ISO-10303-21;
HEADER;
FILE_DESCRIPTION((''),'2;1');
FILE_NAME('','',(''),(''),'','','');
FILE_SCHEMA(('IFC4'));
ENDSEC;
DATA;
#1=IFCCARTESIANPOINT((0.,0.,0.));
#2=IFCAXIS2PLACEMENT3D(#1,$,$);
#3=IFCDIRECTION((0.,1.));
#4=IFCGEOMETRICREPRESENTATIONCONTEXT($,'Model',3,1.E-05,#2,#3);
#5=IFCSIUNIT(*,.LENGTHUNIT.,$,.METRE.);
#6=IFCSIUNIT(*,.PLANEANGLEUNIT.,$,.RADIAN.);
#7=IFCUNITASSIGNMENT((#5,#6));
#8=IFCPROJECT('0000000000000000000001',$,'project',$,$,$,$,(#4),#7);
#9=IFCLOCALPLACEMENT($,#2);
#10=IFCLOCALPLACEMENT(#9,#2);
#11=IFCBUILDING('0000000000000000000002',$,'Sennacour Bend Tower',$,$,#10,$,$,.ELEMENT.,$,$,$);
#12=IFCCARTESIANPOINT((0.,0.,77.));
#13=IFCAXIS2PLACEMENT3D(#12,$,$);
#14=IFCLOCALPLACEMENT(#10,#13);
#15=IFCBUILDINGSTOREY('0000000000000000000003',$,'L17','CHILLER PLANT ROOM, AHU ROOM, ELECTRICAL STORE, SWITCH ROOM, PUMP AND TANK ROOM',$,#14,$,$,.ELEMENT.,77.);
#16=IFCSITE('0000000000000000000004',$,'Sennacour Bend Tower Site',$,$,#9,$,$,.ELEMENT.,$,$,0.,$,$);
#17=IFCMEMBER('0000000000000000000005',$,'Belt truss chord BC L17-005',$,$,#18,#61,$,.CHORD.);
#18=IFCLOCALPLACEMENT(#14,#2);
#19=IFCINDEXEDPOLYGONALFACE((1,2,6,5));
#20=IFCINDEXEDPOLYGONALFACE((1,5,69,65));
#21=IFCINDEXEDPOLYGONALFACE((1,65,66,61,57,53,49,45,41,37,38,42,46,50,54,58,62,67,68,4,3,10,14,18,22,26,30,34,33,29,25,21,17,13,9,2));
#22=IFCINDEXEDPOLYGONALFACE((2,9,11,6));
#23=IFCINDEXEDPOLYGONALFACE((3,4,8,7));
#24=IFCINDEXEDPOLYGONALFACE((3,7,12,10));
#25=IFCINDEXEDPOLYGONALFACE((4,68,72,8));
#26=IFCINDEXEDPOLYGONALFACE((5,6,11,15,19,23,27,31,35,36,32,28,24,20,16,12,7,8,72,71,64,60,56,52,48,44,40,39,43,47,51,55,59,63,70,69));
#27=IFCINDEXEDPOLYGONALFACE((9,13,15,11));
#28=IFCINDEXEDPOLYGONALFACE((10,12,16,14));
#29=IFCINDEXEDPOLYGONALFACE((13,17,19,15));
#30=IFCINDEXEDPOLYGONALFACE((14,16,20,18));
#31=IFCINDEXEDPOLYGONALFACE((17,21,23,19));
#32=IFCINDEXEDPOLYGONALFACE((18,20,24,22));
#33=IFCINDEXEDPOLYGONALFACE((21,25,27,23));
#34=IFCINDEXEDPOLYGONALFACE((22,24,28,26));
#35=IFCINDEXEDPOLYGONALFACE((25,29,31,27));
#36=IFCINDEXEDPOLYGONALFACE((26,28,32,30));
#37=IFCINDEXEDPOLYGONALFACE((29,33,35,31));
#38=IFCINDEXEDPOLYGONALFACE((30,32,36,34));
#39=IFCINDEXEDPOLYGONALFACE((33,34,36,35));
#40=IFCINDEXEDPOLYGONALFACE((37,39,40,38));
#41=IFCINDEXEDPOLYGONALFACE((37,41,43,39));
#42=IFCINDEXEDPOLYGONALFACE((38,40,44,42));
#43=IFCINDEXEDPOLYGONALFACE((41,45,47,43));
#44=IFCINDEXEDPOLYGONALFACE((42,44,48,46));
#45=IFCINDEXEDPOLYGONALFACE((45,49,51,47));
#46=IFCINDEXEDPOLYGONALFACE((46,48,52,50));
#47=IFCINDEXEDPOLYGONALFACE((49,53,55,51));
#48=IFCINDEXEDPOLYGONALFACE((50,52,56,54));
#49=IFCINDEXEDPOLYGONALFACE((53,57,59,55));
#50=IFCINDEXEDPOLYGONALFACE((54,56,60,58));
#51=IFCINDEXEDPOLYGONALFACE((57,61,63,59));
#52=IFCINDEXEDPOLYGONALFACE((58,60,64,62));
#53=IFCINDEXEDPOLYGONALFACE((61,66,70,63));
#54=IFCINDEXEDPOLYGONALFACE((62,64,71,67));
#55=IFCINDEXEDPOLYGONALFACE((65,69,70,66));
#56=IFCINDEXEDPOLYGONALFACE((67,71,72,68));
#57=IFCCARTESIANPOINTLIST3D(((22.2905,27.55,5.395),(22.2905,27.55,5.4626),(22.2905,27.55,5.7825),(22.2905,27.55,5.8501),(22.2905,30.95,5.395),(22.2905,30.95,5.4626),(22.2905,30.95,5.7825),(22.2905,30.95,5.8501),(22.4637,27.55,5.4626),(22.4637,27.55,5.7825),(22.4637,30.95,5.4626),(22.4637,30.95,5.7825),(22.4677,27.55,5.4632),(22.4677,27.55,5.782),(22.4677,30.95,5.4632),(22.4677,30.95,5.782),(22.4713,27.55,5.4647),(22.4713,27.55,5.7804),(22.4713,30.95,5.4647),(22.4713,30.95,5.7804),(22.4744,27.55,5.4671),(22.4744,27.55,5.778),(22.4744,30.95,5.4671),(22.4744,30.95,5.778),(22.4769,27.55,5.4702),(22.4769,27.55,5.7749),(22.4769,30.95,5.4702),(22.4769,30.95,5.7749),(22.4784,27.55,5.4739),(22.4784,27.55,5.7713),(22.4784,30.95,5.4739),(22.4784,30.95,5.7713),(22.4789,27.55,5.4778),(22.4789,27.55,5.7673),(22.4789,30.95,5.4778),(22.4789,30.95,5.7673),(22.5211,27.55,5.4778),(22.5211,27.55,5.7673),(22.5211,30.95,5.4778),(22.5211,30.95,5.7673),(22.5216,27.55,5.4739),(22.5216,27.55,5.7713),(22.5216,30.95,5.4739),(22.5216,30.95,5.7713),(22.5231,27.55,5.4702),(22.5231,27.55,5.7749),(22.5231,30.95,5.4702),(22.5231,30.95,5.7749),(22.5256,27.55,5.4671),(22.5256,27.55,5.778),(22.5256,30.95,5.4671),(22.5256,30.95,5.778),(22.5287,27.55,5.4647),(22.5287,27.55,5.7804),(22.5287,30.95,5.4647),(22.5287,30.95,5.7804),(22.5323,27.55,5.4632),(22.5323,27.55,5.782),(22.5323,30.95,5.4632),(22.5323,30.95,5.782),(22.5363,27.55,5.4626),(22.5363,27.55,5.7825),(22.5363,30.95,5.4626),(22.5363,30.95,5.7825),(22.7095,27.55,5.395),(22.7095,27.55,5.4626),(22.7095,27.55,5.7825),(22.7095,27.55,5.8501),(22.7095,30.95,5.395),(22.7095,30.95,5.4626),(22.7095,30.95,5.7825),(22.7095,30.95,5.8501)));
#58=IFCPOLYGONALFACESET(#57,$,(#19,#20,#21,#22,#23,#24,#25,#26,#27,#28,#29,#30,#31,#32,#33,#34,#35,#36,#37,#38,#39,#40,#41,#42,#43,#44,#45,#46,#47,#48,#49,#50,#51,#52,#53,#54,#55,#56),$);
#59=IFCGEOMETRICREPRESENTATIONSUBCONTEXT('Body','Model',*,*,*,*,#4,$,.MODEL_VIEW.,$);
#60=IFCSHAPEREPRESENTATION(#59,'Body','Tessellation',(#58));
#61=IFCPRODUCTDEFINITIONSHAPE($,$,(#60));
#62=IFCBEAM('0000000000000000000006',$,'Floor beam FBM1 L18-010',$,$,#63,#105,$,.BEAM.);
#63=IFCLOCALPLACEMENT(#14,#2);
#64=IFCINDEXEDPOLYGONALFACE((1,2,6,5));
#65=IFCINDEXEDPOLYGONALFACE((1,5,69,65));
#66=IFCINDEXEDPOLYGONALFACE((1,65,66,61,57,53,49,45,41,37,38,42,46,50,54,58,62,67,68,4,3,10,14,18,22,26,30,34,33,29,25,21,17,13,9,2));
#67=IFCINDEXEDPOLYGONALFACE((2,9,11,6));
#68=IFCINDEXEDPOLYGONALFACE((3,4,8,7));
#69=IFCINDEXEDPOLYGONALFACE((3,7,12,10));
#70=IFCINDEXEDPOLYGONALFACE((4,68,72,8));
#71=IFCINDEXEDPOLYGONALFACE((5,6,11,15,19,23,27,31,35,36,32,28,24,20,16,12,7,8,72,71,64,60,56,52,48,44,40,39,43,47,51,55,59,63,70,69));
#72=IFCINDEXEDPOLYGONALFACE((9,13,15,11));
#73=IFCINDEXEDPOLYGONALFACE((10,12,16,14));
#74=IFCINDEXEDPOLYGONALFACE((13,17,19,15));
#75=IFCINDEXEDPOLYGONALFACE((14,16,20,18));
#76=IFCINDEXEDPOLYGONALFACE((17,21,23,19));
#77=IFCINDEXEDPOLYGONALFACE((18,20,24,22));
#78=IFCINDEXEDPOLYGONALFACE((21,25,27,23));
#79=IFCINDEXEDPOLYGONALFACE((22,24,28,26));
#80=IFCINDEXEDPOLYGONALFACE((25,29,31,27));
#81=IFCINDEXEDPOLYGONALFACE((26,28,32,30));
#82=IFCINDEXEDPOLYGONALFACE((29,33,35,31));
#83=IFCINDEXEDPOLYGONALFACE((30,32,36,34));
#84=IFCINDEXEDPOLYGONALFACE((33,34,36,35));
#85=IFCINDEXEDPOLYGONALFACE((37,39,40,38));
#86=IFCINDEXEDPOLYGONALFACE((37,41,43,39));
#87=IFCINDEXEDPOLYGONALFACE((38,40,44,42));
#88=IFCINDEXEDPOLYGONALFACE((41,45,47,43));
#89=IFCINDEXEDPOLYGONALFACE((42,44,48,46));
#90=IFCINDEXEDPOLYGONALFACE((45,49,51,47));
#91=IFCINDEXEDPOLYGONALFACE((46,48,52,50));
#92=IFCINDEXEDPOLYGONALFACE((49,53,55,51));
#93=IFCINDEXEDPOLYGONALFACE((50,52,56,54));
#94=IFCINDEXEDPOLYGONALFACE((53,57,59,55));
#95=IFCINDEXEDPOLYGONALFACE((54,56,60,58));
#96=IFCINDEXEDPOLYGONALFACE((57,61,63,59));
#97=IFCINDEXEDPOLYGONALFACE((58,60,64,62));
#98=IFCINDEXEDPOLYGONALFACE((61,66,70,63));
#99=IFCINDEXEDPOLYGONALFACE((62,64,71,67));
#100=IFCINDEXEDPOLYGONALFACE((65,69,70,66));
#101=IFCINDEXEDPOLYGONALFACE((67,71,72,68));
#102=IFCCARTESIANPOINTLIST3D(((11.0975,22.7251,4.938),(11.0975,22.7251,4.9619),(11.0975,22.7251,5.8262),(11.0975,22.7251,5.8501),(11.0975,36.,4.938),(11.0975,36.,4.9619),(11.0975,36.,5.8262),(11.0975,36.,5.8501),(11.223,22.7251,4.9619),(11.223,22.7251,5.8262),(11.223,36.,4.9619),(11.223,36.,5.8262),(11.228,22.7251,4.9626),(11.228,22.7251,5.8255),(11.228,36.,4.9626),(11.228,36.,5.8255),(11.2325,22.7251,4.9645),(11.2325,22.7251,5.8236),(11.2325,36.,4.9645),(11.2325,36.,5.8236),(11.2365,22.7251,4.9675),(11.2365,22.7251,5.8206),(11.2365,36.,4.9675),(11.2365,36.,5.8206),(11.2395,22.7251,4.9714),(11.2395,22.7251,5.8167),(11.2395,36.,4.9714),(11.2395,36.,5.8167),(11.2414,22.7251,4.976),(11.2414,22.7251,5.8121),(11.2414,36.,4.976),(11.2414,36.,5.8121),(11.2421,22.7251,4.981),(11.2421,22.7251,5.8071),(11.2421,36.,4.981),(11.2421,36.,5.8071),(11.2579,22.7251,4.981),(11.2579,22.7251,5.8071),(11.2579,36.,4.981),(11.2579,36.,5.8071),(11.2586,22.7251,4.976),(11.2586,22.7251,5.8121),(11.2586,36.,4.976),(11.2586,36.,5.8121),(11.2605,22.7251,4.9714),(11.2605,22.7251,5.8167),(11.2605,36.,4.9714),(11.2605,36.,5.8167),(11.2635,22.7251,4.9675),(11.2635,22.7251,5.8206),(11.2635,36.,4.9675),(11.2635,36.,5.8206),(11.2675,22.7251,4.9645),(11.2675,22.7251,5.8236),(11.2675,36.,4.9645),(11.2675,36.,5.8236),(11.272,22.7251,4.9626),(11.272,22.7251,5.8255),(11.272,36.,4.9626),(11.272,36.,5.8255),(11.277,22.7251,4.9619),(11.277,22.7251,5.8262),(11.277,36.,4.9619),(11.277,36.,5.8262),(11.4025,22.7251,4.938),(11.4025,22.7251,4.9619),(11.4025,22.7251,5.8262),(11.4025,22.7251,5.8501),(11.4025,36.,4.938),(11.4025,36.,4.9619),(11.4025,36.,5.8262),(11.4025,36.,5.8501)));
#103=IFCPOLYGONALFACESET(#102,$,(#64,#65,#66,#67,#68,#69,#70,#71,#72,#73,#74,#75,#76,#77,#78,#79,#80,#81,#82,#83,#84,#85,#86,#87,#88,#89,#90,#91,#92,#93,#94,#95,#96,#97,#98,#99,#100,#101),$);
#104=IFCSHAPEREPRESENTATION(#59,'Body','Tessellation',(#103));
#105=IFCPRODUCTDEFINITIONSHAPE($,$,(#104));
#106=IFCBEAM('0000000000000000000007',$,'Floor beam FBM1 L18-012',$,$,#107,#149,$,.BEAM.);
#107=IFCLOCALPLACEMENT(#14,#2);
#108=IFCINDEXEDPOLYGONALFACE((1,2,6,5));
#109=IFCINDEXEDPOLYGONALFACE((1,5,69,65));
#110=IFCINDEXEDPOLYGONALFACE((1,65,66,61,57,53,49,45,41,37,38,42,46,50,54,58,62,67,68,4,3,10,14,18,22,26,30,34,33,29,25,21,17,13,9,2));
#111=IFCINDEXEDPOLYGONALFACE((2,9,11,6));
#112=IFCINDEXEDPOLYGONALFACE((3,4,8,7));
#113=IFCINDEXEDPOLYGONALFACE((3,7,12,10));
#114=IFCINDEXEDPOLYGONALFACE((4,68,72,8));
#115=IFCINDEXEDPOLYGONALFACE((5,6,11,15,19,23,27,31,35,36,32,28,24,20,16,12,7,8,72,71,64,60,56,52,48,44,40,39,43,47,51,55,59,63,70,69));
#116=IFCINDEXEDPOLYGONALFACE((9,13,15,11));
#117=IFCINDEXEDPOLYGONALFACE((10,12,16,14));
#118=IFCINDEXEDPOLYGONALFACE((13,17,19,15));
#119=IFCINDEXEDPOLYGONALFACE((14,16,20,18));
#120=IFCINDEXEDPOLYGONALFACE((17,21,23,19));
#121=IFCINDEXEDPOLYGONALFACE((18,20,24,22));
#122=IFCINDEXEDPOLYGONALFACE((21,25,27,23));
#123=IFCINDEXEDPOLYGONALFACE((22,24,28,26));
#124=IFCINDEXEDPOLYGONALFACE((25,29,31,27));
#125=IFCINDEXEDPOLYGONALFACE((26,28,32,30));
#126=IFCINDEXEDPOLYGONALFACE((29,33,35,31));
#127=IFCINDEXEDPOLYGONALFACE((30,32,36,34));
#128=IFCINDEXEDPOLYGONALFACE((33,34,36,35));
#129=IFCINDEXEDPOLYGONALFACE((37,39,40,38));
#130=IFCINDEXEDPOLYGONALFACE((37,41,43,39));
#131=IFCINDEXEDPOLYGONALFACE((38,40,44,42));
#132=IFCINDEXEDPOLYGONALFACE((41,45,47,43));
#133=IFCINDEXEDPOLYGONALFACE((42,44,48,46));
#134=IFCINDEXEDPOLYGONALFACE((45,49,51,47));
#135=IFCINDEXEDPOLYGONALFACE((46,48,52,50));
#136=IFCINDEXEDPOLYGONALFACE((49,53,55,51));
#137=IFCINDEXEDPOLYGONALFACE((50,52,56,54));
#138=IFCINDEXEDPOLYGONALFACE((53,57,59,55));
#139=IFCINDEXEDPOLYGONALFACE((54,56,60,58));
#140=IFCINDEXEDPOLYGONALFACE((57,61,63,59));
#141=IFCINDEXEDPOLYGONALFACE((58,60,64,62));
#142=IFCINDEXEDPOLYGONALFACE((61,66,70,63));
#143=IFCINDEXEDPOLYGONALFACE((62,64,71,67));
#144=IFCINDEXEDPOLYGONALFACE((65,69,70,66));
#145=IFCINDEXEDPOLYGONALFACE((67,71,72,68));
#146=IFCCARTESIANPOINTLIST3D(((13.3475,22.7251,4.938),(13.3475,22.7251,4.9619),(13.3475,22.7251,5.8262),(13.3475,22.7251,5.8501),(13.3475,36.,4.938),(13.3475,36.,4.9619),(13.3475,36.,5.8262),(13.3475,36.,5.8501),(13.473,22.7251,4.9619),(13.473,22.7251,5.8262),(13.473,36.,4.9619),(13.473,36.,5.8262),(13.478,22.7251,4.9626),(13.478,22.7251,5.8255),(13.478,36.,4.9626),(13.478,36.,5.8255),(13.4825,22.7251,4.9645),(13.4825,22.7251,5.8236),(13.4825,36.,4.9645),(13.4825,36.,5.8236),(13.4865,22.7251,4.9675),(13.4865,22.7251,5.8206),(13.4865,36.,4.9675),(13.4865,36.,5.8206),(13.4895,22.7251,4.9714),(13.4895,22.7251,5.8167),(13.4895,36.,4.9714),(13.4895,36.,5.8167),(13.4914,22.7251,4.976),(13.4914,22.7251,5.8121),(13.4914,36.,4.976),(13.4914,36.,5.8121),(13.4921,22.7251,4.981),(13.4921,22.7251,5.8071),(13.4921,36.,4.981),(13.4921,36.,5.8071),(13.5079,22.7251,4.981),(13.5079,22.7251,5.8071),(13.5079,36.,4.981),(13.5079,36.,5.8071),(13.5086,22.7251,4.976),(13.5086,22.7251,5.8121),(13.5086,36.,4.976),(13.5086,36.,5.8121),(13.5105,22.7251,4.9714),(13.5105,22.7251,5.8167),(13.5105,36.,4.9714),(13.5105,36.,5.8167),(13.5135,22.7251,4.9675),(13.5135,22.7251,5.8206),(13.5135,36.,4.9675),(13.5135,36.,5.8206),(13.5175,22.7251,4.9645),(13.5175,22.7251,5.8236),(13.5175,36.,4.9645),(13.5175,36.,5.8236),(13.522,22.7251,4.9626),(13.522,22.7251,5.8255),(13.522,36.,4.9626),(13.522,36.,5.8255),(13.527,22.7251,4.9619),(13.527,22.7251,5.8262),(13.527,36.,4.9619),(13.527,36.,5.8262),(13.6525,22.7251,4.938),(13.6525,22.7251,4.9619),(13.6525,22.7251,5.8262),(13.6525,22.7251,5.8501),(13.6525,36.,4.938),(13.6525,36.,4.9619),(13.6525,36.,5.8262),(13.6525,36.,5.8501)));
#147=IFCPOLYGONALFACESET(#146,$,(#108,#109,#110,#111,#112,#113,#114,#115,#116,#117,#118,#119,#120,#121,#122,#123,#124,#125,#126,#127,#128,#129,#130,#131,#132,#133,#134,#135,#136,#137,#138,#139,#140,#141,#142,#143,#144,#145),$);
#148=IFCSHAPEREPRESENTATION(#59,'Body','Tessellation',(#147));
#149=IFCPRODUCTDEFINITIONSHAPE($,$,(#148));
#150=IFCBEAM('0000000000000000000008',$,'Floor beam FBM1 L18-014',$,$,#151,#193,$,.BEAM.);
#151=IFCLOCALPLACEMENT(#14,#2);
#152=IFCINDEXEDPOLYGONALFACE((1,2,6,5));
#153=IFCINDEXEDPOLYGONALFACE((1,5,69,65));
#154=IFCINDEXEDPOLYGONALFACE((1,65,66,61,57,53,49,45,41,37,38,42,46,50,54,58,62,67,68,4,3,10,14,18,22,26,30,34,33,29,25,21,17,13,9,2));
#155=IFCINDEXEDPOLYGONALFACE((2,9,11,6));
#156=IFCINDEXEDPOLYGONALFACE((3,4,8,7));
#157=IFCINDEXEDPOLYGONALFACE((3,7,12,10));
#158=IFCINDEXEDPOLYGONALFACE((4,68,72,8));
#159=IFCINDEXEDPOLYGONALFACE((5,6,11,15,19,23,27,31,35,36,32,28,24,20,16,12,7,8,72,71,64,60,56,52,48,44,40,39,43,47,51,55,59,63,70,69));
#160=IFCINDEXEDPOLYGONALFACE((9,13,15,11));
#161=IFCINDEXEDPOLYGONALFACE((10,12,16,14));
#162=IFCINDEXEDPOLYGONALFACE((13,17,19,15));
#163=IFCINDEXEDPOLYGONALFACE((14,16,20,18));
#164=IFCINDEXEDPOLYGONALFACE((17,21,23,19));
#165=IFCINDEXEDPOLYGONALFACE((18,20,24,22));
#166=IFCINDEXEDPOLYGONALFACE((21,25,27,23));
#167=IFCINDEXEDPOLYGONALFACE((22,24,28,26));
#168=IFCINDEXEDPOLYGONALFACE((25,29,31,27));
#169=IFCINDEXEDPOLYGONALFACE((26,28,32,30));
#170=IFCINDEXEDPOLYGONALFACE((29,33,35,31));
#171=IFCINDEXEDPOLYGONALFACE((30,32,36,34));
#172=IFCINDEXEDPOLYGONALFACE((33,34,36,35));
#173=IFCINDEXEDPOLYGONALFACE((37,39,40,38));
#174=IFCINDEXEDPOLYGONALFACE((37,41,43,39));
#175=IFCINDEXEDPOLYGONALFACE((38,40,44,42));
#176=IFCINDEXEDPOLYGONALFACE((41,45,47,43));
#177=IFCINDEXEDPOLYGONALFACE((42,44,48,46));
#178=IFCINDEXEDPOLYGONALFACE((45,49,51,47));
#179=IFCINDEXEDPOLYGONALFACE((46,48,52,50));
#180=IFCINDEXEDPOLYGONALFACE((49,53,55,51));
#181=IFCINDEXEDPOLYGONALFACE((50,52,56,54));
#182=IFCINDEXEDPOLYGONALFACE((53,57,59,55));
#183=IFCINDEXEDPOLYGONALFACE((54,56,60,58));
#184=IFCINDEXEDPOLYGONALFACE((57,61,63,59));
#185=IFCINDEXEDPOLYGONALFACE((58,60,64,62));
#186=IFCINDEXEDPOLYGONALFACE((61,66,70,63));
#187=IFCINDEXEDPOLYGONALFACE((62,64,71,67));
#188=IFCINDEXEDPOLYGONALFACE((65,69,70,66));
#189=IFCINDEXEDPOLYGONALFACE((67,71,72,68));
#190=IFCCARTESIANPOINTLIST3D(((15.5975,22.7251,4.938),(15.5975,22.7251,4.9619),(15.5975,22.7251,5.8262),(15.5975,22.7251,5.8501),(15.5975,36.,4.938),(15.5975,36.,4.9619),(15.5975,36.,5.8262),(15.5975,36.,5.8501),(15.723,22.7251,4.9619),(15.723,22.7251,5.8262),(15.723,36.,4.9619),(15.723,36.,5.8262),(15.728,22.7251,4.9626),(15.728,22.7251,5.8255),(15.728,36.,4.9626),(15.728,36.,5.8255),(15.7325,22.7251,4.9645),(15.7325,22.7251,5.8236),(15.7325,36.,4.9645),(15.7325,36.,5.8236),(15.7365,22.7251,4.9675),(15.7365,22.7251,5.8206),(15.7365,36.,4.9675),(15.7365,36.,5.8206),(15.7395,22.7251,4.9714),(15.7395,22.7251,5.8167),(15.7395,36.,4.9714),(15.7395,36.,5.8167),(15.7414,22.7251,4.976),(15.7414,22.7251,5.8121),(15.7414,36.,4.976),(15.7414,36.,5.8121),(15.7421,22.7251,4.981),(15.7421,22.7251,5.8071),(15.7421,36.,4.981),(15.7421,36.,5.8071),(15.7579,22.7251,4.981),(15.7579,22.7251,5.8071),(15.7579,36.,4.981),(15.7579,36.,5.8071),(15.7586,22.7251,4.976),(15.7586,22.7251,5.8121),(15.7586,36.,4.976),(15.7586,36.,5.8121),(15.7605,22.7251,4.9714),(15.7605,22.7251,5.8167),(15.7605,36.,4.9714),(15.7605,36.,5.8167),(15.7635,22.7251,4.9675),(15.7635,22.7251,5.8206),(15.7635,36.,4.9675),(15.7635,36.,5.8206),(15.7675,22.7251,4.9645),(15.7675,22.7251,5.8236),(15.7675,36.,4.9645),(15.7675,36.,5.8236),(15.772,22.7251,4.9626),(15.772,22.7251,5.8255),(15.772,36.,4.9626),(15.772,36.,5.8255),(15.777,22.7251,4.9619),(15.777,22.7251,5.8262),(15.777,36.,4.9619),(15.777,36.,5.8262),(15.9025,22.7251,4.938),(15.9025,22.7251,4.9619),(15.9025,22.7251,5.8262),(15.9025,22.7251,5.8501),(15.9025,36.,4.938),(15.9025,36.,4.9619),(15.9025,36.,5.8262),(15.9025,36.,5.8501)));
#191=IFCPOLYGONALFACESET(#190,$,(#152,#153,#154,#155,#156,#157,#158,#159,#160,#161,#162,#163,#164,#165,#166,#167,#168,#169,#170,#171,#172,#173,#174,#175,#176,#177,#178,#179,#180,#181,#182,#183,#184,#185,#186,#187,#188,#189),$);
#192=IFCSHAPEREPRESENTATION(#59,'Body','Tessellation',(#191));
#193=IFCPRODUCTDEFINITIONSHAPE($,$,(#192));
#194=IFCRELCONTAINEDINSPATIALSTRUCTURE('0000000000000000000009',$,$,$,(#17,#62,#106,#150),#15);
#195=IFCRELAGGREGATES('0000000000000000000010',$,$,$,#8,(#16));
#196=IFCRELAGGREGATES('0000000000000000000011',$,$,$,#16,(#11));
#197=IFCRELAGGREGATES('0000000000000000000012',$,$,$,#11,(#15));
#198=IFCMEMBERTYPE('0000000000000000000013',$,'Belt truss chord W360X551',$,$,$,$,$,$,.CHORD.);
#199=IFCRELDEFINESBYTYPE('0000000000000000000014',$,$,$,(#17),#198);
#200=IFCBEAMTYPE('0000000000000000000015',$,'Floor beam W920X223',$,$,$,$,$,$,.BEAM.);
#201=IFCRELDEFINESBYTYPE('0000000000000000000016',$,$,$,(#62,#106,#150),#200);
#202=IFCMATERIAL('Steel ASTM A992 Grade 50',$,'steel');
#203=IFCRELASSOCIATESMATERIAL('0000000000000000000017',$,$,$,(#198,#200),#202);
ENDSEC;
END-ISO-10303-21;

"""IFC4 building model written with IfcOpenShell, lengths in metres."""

from ifc_helpers import new_model, si_unit, direction, frame, origin, origin_2d, place, context, subcontext, project, spatial, i_section, extrude, material, material_profile, profile_set, type_object, element, save


model = new_model("IFC4")

# Units and contexts
model_context = context("Model", 3, precision=1e-05, world=origin(), true_north=direction((0.0, 1.0)))
body_context = subcontext(model_context, "Body", "Model", "MODEL_VIEW")
ifc_project = project(units=[si_unit("LENGTHUNIT", "METRE"), si_unit("PLANEANGLEUNIT", "RADIAN")], contexts=[model_context])

# Site, building, storey
site_placement = place(None, origin())
site = spatial("IfcSite", under=ifc_project, at=site_placement, Name="Sennacour Bend Tower Site", CompositionType="ELEMENT", RefElevation=0.0)
building_placement = place(site_placement, origin())
building = spatial("IfcBuilding", under=site, at=building_placement, Name="Sennacour Bend Tower", CompositionType="ELEMENT")
storey_placement = place(building_placement, frame((0.0, 0.0, 77.0)))
storey = spatial("IfcBuildingStorey", under=building, at=storey_placement, Name="L17", Description="CHILLER PLANT ROOM, AHU ROOM, ELECTRICAL STORE, SWITCH ROOM, PUMP AND TANK ROOM", CompositionType="ELEMENT", Elevation=77.0)

# Member
ifc_material_1 = material(Name="Steel ASTM A992 Grade 50", Category="steel")
ifc_material_profile_1 = material_profile(ifc_material_1, i_section(OverallWidth=0.4189, OverallDepth=0.4551, WebThickness=0.0422, FlangeThickness=0.0676, FilletRadius=0.0151, at=origin_2d()), Name="Steel ASTM A992 Grade 50", Category="steel")
ifc_profile_set_1 = profile_set([ifc_material_profile_1], Name="Steel ASTM A992 Grade 50")
member_type = type_object("IfcMemberType", Name="Belt truss chord W360X551", PredefinedType="CHORD", material=ifc_profile_set_1)
member_1_placement = place(storey_placement, frame((22.5, 30.95, 5.6226), z_axis=(0.0, -1.0, 0.0), x_axis=(1.0, 0.0, 0.0)))
element("IfcMember", 1, at=member_1_placement, inside=storey, type_object=member_type, Name="Belt truss chord BC L17-005", PredefinedType="CHORD", context=body_context, shape_type="SweptSolid", body=[
    extrude(i_section(OverallWidth=0.4189, OverallDepth=0.4551, WebThickness=0.0422, FlangeThickness=0.0676, FilletRadius=0.0151, at=origin_2d()), origin(), (0.0, 0.0, 1.0), 3.3999),
])

# Beams
ifc_material_profile_2 = material_profile(ifc_material_1, i_section(OverallWidth=0.3049, OverallDepth=0.9121, WebThickness=0.0159, FlangeThickness=0.0239, FilletRadius=0.019, at=origin_2d()), Name="Steel ASTM A992 Grade 50", Category="steel")
ifc_profile_set_2 = profile_set([ifc_material_profile_2], Name="Steel ASTM A992 Grade 50")
beam_type_1 = type_object("IfcBeamType", Name="Floor beam W920X223", PredefinedType="BEAM", material=ifc_profile_set_2)
for number, where, z_axis, x_axis, name in (
    (2, (11.25, 22.7251, 5.394), (0.0, 1.0, 0.0), (-1.0, 0.0, 0.0), "Floor beam FBM1 L18-010"),
    (3, (13.5, 22.7251, 5.394), (0.0, 1.0, 0.0), (-1.0, 0.0, 0.0), "Floor beam FBM1 L18-012"),
    (4, (15.75, 22.7251, 5.394), (0.0, 1.0, 0.0), (-1.0, 0.0, 0.0), "Floor beam FBM1 L18-014"),
):
    element("IfcBeam", number, at=place(storey_placement, frame(where, z_axis=z_axis, x_axis=x_axis)), inside=storey, type_object=beam_type_1, Name=name, PredefinedType="BEAM", context=body_context, shape_type="SweptSolid", body=[
        extrude(i_section(OverallWidth=0.3049, OverallDepth=0.9121, WebThickness=0.0159, FlangeThickness=0.0239, FilletRadius=0.019, at=origin_2d()), origin(), (0.0, 0.0, 1.0), 13.2749),
    ])

save(model, "model.ifc")
